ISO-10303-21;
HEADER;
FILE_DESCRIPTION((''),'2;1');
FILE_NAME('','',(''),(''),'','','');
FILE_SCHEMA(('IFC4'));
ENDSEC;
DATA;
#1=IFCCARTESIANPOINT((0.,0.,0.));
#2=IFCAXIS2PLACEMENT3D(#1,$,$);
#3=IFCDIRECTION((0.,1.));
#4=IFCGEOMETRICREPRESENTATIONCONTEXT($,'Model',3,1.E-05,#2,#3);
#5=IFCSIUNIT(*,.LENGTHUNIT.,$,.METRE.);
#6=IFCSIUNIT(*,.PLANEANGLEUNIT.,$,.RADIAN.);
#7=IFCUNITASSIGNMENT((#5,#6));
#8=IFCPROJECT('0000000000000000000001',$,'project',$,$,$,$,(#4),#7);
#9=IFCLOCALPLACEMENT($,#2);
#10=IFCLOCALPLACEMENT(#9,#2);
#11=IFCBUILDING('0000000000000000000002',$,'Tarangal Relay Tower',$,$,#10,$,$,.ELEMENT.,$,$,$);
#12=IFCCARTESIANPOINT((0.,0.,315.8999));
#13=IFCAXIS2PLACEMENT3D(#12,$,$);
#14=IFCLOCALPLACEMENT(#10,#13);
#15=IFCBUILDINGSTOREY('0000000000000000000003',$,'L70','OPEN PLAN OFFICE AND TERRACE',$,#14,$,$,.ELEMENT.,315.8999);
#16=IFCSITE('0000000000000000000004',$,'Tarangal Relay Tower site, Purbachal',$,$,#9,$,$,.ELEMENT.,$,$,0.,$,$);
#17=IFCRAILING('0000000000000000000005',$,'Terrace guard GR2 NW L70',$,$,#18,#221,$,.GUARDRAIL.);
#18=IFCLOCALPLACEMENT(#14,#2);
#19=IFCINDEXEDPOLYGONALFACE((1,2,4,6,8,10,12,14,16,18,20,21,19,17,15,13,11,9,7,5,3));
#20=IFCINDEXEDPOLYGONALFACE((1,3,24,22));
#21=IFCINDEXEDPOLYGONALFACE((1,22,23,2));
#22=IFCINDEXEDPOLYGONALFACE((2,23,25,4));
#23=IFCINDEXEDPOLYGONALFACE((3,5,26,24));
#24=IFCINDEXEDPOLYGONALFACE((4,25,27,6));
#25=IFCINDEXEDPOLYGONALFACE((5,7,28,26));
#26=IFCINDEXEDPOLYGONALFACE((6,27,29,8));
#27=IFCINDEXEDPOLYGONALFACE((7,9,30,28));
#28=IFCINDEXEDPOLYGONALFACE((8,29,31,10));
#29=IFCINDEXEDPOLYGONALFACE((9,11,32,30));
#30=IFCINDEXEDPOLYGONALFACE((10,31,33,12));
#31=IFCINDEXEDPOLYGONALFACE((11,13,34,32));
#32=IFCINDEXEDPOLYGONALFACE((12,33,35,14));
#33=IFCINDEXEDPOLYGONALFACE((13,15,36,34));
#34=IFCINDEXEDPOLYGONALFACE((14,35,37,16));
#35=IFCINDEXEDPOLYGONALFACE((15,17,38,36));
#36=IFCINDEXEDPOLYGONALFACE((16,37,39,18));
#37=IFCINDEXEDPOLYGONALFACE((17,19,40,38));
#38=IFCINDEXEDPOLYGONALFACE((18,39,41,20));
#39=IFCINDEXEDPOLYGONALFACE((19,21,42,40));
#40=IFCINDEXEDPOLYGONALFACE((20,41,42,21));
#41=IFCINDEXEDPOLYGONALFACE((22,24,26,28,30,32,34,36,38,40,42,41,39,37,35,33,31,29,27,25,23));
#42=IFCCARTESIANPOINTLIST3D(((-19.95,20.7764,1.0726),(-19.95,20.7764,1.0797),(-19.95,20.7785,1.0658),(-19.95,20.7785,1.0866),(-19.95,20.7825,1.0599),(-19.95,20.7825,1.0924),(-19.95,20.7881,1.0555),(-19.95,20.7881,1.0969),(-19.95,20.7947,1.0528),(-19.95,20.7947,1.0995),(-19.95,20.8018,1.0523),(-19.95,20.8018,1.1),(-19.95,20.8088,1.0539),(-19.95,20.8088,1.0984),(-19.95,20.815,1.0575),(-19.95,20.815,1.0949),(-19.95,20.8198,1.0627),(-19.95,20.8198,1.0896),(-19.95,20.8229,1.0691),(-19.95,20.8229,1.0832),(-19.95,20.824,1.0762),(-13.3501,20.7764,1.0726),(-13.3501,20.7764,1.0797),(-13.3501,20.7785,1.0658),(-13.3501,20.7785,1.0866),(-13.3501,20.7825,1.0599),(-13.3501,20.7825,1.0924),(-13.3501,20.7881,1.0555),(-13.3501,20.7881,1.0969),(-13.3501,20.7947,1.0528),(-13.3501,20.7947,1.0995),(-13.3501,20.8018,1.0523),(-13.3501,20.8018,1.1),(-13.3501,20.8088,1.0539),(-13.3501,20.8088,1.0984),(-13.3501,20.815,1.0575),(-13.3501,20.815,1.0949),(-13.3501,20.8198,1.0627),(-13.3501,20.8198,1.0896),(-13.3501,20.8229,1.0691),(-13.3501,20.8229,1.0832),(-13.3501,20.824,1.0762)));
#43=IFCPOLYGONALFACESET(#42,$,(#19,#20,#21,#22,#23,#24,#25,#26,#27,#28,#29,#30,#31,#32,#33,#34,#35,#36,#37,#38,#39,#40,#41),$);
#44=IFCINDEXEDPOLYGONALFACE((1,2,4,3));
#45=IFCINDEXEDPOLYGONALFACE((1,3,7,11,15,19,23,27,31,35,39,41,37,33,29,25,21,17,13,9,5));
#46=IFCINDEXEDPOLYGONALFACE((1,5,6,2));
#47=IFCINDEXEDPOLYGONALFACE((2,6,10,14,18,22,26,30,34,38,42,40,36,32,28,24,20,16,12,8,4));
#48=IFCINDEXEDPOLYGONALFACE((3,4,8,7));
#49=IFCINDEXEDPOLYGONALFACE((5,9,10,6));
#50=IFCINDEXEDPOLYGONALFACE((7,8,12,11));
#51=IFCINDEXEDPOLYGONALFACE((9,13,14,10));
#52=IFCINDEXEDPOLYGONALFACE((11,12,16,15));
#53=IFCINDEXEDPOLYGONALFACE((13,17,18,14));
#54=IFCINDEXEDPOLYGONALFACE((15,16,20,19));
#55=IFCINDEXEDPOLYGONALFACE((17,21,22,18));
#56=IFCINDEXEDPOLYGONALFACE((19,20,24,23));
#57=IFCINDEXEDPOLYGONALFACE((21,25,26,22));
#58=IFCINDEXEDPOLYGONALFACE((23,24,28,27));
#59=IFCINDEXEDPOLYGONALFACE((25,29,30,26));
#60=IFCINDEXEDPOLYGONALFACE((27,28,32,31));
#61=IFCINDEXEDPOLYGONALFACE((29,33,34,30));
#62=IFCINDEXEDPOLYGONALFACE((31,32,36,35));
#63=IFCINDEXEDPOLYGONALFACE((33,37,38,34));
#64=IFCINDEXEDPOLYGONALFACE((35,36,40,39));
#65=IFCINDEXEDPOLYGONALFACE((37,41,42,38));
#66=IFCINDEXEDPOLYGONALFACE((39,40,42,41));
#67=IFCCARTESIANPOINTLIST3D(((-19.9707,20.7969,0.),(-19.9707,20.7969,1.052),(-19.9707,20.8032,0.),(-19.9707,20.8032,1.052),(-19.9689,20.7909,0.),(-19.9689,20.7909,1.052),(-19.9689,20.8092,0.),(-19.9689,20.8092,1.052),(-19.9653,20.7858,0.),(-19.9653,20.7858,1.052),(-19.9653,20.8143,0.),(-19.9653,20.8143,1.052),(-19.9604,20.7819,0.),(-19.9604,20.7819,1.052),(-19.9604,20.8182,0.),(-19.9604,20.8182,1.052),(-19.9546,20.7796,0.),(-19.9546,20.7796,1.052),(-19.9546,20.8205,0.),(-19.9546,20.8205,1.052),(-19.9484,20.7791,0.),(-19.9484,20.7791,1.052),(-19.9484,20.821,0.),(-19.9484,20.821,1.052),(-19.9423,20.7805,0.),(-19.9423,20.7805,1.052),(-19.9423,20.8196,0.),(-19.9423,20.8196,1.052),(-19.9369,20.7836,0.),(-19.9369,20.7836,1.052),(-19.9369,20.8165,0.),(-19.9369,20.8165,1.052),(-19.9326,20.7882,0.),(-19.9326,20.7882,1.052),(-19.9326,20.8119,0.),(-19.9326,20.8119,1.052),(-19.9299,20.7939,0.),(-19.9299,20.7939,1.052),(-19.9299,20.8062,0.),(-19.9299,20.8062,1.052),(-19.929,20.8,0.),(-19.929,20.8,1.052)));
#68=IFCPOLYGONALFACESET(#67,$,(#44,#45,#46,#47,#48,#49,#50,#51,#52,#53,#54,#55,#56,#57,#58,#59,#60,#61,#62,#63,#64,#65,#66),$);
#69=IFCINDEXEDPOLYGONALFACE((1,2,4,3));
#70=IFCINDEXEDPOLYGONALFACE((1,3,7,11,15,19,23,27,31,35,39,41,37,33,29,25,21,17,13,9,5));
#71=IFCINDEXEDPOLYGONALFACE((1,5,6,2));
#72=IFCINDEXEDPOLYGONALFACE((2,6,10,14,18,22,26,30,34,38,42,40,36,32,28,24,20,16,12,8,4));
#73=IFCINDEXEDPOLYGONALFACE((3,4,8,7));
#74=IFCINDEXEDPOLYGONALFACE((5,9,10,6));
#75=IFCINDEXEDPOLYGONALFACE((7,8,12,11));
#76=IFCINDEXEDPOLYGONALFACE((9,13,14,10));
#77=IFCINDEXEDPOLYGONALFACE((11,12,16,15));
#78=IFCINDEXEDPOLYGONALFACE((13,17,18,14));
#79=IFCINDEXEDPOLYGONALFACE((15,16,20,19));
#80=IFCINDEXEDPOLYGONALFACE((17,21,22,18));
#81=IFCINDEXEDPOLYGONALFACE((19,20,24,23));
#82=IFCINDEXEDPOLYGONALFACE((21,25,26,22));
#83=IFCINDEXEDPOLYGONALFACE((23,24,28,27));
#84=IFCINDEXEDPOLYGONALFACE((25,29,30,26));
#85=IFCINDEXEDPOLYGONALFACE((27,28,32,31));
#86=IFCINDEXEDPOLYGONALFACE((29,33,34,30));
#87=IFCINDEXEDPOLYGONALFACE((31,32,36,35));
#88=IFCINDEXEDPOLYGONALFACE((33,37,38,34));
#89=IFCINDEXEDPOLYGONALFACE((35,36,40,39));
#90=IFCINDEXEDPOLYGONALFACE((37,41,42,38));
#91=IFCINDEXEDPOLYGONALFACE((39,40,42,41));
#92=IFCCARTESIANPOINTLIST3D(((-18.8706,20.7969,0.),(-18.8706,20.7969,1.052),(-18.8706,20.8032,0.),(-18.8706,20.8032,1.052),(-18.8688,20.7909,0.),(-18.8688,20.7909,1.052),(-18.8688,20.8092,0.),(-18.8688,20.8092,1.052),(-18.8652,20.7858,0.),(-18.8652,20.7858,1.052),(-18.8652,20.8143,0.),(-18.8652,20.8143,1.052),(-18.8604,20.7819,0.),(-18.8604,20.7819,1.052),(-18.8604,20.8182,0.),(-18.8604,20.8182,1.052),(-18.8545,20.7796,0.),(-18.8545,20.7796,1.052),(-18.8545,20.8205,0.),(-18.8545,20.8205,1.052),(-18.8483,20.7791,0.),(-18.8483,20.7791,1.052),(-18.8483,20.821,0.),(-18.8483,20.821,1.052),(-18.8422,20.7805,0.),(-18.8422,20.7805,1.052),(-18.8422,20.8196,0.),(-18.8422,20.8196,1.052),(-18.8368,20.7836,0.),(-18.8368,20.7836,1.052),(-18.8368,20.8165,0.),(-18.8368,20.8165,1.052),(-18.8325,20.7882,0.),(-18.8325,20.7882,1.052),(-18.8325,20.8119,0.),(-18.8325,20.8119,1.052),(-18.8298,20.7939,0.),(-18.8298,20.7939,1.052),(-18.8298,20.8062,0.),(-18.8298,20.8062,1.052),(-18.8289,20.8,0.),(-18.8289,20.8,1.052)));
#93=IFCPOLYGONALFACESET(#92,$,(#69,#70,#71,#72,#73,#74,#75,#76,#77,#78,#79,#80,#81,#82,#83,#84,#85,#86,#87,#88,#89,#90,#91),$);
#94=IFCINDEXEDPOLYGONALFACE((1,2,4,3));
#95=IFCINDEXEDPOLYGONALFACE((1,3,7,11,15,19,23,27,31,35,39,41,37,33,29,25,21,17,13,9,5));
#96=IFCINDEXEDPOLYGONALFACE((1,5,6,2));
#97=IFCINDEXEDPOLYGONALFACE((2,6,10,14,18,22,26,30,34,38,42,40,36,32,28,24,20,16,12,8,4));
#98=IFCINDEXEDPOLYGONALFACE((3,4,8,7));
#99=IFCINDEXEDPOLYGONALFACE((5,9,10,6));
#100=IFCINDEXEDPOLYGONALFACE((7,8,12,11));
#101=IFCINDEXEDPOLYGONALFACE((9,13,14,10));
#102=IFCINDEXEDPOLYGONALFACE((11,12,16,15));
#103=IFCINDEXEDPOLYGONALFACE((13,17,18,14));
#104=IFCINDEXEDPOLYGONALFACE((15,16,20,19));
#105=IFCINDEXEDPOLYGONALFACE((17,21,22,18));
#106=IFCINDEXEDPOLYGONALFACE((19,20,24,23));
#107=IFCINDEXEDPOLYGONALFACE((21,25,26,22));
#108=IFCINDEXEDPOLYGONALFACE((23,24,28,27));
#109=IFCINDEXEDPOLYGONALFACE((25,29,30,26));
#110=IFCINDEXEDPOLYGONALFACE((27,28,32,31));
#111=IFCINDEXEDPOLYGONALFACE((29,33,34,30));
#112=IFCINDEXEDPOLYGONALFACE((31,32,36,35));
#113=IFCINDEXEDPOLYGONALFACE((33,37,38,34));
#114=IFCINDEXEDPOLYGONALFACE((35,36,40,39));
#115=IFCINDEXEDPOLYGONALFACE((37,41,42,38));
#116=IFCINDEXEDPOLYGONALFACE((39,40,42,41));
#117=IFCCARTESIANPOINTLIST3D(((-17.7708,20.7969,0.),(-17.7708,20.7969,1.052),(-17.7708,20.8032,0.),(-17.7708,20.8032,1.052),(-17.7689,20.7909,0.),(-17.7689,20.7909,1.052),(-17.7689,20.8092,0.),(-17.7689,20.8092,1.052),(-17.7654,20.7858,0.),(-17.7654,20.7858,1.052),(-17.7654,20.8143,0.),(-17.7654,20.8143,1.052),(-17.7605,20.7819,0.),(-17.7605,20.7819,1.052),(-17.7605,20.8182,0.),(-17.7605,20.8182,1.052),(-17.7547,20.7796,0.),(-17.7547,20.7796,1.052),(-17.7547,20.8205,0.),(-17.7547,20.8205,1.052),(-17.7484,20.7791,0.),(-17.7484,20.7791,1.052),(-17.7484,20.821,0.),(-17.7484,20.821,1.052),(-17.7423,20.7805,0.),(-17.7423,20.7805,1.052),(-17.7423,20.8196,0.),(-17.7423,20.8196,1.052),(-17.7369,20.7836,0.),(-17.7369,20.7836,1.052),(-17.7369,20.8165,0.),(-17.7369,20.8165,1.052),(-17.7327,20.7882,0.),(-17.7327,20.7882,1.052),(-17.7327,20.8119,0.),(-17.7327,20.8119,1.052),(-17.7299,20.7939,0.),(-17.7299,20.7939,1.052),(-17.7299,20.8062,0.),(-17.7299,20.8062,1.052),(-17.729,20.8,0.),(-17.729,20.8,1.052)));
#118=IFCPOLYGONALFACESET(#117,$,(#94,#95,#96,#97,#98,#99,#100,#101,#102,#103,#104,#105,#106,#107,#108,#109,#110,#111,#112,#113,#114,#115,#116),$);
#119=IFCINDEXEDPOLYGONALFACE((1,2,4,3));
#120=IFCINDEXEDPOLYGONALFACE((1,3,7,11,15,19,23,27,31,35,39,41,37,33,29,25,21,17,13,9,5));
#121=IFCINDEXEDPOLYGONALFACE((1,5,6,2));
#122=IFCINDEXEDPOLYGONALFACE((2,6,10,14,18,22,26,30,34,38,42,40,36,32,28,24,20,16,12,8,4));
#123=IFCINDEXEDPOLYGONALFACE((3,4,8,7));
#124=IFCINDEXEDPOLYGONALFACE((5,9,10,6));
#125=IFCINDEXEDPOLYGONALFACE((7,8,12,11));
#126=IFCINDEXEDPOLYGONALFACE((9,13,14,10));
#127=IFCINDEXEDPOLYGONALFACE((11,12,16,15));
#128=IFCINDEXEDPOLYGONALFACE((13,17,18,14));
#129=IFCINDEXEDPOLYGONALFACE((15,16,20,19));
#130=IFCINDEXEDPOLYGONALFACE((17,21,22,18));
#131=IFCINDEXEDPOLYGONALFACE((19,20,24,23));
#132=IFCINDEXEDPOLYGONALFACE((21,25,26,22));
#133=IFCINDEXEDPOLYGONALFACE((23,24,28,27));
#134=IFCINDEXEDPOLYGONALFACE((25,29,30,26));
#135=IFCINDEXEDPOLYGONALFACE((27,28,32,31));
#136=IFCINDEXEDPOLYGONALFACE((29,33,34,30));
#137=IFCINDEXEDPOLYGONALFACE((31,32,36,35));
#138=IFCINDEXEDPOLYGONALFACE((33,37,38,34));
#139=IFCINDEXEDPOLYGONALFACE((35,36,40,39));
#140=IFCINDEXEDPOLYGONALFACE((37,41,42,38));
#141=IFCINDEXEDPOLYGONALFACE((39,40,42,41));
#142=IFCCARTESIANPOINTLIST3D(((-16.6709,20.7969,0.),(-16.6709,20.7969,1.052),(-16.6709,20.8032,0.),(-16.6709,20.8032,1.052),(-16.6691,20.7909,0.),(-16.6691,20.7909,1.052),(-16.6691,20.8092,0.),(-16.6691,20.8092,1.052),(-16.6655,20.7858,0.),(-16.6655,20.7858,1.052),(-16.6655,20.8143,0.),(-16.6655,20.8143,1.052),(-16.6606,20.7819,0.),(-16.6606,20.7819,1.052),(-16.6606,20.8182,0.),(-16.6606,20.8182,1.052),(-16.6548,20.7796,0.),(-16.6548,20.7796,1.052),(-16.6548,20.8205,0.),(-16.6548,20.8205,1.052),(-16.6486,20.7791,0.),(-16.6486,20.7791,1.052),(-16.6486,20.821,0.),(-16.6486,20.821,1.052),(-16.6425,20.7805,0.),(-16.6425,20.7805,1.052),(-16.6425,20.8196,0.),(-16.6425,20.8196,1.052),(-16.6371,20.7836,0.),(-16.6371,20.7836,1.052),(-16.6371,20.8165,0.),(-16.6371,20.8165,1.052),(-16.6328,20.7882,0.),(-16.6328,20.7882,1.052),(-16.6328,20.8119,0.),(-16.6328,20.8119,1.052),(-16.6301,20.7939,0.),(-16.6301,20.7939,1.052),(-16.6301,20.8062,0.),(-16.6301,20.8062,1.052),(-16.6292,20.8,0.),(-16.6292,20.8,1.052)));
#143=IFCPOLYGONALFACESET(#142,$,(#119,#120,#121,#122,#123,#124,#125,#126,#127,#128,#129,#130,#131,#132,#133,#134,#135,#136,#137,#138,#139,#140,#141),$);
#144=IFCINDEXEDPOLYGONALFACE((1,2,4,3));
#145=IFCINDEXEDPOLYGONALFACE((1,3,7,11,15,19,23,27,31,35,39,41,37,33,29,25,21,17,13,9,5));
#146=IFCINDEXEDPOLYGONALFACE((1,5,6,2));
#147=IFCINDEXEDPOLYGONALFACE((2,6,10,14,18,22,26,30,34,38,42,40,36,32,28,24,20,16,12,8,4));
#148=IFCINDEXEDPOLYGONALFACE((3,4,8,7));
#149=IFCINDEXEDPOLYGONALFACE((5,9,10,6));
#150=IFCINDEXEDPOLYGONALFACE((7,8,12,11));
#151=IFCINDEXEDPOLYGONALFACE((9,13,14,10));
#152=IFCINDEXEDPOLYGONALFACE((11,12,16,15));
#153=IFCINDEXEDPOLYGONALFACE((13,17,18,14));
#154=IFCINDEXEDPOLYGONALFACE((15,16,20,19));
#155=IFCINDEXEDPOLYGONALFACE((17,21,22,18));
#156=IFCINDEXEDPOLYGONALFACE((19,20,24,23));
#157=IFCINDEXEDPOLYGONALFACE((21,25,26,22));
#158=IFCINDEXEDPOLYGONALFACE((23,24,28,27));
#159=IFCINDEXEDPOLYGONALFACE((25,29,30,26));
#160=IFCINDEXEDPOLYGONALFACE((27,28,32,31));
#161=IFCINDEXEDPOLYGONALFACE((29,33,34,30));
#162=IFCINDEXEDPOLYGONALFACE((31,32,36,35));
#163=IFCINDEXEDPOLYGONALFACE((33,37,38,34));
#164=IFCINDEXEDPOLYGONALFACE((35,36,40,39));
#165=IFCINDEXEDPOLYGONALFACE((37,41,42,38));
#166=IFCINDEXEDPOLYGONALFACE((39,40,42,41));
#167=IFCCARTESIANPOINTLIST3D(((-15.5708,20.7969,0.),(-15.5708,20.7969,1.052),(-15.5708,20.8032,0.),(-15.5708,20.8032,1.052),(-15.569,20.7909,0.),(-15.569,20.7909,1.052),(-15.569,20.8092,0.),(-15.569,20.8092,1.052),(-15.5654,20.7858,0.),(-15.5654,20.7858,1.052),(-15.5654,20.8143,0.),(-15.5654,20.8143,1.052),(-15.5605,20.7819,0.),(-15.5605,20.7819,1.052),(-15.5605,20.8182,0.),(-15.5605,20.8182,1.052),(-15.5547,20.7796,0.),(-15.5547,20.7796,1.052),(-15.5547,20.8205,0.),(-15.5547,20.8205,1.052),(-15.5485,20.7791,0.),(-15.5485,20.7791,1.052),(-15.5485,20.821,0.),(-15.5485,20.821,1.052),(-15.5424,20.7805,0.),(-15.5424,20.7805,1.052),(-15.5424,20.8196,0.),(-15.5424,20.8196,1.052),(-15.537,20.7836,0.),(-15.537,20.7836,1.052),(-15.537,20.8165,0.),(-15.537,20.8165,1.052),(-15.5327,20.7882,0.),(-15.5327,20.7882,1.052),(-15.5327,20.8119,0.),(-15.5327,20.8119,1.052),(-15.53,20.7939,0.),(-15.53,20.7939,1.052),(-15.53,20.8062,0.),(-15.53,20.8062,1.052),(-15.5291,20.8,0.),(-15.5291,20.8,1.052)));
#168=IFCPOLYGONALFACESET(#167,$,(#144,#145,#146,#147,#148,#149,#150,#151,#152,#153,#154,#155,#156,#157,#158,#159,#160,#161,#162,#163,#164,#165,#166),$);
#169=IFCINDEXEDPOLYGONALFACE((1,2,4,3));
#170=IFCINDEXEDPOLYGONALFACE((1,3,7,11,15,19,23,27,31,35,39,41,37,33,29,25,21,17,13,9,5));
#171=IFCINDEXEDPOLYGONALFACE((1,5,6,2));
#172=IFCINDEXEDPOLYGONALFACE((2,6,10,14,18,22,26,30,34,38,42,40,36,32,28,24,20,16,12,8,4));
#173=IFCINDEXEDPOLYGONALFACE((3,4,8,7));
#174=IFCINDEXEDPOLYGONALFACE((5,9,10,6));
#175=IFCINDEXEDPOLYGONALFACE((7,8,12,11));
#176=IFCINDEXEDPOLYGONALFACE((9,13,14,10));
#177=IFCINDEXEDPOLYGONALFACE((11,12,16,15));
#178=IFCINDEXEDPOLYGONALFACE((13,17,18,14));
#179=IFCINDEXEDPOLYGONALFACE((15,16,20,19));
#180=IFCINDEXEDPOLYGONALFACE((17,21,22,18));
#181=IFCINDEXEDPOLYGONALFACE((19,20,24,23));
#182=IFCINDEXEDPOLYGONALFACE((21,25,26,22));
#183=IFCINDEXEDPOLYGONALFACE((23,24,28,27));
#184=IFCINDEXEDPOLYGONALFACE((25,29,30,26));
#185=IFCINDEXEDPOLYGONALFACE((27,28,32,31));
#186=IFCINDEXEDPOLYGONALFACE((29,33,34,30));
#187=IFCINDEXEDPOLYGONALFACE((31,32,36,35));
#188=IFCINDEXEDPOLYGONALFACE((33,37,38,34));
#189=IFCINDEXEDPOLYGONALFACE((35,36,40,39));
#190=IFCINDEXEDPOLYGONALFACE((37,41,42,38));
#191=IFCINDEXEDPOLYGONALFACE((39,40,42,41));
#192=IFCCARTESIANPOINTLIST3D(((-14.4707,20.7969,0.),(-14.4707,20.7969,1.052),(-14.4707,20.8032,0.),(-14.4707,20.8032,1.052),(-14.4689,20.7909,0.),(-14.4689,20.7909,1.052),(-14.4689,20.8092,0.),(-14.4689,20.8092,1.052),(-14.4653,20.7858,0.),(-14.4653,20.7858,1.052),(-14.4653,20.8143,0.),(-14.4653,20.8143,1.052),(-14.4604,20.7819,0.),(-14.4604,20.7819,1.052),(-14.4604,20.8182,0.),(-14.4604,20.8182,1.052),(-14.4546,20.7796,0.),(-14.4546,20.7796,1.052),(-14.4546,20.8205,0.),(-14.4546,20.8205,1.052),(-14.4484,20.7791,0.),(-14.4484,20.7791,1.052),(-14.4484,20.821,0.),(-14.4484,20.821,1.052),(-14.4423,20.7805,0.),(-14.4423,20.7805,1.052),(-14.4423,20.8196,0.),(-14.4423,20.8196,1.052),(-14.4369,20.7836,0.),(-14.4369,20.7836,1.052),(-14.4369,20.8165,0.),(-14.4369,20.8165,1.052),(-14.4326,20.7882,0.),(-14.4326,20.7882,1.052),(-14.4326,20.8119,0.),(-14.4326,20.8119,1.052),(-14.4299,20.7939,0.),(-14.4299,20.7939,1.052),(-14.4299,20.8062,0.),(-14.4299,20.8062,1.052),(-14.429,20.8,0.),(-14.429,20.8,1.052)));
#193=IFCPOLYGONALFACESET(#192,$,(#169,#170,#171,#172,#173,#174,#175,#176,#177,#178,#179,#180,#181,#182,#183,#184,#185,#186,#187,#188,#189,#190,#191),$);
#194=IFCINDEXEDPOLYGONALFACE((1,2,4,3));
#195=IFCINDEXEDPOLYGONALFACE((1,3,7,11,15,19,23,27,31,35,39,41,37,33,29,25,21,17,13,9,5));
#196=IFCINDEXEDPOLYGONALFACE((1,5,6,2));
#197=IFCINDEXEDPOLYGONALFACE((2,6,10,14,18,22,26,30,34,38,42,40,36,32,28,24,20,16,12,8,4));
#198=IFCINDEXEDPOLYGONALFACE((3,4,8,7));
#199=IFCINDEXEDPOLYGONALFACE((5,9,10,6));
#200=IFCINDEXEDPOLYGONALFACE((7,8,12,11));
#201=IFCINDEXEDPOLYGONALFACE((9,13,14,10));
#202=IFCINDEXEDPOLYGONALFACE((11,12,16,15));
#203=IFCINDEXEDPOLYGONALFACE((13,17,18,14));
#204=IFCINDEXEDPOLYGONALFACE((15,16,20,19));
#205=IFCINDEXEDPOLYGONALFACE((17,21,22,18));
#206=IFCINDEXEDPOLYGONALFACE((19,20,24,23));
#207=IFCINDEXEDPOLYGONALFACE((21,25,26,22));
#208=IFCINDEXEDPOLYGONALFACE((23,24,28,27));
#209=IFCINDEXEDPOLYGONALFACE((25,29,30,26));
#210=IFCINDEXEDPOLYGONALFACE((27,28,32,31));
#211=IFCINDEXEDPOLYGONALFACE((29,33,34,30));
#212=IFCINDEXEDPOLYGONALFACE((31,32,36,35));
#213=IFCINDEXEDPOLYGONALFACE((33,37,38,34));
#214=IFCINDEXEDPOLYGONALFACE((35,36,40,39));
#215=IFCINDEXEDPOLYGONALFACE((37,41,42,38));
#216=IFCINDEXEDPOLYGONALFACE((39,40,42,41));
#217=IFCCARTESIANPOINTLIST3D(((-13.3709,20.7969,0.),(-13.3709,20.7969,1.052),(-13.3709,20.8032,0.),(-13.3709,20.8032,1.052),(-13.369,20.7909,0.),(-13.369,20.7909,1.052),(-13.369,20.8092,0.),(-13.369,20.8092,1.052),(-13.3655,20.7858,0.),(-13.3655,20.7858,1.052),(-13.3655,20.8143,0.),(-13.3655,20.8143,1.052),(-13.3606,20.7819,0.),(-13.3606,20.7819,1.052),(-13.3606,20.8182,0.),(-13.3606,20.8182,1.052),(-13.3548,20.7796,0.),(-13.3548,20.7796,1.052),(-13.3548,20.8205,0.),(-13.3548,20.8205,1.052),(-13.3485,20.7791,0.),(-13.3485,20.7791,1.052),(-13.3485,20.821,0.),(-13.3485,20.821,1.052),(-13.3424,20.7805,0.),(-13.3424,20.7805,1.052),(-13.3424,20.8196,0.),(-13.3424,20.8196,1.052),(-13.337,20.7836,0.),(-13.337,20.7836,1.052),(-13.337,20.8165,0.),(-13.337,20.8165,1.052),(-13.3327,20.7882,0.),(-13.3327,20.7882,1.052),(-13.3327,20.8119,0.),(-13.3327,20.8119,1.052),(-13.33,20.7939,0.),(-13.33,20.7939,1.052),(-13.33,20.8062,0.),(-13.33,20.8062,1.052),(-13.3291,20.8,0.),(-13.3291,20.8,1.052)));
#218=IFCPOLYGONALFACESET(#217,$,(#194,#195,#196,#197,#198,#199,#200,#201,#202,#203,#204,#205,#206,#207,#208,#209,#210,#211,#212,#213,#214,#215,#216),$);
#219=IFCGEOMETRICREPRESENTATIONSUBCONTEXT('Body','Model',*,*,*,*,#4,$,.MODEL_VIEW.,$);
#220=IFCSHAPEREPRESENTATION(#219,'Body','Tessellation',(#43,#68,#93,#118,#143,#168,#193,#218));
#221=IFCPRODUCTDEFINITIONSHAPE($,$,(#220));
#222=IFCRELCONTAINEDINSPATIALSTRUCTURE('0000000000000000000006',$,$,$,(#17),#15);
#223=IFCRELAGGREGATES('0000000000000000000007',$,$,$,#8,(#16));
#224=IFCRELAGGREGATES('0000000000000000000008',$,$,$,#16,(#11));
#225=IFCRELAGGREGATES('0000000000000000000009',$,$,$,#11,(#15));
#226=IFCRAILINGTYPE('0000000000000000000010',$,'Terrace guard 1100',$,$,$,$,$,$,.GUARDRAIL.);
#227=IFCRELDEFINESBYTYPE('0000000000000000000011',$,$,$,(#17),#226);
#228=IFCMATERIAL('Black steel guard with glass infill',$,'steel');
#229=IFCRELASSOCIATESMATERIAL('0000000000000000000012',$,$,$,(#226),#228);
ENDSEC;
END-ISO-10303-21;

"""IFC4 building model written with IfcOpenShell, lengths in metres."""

from ifc_helpers import new_model, si_unit, direction, frame, origin, origin_2d, place, context, subcontext, project, spatial, circle, extrude, material, type_object, element, save


model = new_model("IFC4")

# Units and contexts
model_context = context("Model", 3, precision=1e-05, world=origin(), true_north=direction((0.0, 1.0)))
body_context = subcontext(model_context, "Body", "Model", "MODEL_VIEW")
ifc_project = project(units=[si_unit("LENGTHUNIT", "METRE"), si_unit("PLANEANGLEUNIT", "RADIAN")], contexts=[model_context])

# Site, building, storey
site_placement = place(None, origin())
site = spatial("IfcSite", under=ifc_project, at=site_placement, Name="Tarangal Relay Tower site, Purbachal", CompositionType="ELEMENT", RefElevation=0.0)
building_placement = place(site_placement, origin())
building = spatial("IfcBuilding", under=site, at=building_placement, Name="Tarangal Relay Tower", CompositionType="ELEMENT")
storey_placement = place(building_placement, frame((0.0, 0.0, 315.8999)))
storey = spatial("IfcBuildingStorey", under=building, at=storey_placement, Name="L70", Description="OPEN PLAN OFFICE AND TERRACE", CompositionType="ELEMENT", Elevation=315.8999)

# Railing
ifc_material_1 = material(Name="Black steel guard with glass infill", Category="steel")
railing_type = type_object("IfcRailingType", Name="Terrace guard 1100", PredefinedType="GUARDRAIL", material=ifc_material_1)
railing_1_placement = place(storey_placement, frame((-19.95, 20.8, 0.0)))
element("IfcRailing", 1, at=railing_1_placement, inside=storey, type_object=railing_type, Name="Terrace guard GR2 NW L70", PredefinedType="GUARDRAIL", context=body_context, shape_type="SweptSolid", body=[
    extrude(circle(Radius=0.0239, at=origin_2d()), frame((0.0, 0.0, 1.0762), z_axis=(1.0, 0.0, 0.0), x_axis=(0.0, 1.0, 0.0)), (0.0, 0.0, 1.0), 6.5999),
    extrude(circle(Radius=0.021, at=origin_2d()), origin(), (0.0, 0.0, 1.0), 1.052),
    extrude(circle(Radius=0.021, at=origin_2d()), frame((1.1001, 0.0, 0.0)), (0.0, 0.0, 1.0), 1.052),
    extrude(circle(Radius=0.021, at=origin_2d()), frame((2.2, 0.0, 0.0)), (0.0, 0.0, 1.0), 1.052),
    extrude(circle(Radius=0.021, at=origin_2d()), frame((3.2998, 0.0, 0.0)), (0.0, 0.0, 1.0), 1.052),
    extrude(circle(Radius=0.021, at=origin_2d()), frame((4.3999, 0.0, 0.0)), (0.0, 0.0, 1.0), 1.052),
    extrude(circle(Radius=0.021, at=origin_2d()), frame((5.5, 0.0, 0.0)), (0.0, 0.0, 1.0), 1.052),
    extrude(circle(Radius=0.021, at=origin_2d()), frame((6.5999, 0.0, 0.0)), (0.0, 0.0, 1.0), 1.052),
])

save(model, "model.ifc")
